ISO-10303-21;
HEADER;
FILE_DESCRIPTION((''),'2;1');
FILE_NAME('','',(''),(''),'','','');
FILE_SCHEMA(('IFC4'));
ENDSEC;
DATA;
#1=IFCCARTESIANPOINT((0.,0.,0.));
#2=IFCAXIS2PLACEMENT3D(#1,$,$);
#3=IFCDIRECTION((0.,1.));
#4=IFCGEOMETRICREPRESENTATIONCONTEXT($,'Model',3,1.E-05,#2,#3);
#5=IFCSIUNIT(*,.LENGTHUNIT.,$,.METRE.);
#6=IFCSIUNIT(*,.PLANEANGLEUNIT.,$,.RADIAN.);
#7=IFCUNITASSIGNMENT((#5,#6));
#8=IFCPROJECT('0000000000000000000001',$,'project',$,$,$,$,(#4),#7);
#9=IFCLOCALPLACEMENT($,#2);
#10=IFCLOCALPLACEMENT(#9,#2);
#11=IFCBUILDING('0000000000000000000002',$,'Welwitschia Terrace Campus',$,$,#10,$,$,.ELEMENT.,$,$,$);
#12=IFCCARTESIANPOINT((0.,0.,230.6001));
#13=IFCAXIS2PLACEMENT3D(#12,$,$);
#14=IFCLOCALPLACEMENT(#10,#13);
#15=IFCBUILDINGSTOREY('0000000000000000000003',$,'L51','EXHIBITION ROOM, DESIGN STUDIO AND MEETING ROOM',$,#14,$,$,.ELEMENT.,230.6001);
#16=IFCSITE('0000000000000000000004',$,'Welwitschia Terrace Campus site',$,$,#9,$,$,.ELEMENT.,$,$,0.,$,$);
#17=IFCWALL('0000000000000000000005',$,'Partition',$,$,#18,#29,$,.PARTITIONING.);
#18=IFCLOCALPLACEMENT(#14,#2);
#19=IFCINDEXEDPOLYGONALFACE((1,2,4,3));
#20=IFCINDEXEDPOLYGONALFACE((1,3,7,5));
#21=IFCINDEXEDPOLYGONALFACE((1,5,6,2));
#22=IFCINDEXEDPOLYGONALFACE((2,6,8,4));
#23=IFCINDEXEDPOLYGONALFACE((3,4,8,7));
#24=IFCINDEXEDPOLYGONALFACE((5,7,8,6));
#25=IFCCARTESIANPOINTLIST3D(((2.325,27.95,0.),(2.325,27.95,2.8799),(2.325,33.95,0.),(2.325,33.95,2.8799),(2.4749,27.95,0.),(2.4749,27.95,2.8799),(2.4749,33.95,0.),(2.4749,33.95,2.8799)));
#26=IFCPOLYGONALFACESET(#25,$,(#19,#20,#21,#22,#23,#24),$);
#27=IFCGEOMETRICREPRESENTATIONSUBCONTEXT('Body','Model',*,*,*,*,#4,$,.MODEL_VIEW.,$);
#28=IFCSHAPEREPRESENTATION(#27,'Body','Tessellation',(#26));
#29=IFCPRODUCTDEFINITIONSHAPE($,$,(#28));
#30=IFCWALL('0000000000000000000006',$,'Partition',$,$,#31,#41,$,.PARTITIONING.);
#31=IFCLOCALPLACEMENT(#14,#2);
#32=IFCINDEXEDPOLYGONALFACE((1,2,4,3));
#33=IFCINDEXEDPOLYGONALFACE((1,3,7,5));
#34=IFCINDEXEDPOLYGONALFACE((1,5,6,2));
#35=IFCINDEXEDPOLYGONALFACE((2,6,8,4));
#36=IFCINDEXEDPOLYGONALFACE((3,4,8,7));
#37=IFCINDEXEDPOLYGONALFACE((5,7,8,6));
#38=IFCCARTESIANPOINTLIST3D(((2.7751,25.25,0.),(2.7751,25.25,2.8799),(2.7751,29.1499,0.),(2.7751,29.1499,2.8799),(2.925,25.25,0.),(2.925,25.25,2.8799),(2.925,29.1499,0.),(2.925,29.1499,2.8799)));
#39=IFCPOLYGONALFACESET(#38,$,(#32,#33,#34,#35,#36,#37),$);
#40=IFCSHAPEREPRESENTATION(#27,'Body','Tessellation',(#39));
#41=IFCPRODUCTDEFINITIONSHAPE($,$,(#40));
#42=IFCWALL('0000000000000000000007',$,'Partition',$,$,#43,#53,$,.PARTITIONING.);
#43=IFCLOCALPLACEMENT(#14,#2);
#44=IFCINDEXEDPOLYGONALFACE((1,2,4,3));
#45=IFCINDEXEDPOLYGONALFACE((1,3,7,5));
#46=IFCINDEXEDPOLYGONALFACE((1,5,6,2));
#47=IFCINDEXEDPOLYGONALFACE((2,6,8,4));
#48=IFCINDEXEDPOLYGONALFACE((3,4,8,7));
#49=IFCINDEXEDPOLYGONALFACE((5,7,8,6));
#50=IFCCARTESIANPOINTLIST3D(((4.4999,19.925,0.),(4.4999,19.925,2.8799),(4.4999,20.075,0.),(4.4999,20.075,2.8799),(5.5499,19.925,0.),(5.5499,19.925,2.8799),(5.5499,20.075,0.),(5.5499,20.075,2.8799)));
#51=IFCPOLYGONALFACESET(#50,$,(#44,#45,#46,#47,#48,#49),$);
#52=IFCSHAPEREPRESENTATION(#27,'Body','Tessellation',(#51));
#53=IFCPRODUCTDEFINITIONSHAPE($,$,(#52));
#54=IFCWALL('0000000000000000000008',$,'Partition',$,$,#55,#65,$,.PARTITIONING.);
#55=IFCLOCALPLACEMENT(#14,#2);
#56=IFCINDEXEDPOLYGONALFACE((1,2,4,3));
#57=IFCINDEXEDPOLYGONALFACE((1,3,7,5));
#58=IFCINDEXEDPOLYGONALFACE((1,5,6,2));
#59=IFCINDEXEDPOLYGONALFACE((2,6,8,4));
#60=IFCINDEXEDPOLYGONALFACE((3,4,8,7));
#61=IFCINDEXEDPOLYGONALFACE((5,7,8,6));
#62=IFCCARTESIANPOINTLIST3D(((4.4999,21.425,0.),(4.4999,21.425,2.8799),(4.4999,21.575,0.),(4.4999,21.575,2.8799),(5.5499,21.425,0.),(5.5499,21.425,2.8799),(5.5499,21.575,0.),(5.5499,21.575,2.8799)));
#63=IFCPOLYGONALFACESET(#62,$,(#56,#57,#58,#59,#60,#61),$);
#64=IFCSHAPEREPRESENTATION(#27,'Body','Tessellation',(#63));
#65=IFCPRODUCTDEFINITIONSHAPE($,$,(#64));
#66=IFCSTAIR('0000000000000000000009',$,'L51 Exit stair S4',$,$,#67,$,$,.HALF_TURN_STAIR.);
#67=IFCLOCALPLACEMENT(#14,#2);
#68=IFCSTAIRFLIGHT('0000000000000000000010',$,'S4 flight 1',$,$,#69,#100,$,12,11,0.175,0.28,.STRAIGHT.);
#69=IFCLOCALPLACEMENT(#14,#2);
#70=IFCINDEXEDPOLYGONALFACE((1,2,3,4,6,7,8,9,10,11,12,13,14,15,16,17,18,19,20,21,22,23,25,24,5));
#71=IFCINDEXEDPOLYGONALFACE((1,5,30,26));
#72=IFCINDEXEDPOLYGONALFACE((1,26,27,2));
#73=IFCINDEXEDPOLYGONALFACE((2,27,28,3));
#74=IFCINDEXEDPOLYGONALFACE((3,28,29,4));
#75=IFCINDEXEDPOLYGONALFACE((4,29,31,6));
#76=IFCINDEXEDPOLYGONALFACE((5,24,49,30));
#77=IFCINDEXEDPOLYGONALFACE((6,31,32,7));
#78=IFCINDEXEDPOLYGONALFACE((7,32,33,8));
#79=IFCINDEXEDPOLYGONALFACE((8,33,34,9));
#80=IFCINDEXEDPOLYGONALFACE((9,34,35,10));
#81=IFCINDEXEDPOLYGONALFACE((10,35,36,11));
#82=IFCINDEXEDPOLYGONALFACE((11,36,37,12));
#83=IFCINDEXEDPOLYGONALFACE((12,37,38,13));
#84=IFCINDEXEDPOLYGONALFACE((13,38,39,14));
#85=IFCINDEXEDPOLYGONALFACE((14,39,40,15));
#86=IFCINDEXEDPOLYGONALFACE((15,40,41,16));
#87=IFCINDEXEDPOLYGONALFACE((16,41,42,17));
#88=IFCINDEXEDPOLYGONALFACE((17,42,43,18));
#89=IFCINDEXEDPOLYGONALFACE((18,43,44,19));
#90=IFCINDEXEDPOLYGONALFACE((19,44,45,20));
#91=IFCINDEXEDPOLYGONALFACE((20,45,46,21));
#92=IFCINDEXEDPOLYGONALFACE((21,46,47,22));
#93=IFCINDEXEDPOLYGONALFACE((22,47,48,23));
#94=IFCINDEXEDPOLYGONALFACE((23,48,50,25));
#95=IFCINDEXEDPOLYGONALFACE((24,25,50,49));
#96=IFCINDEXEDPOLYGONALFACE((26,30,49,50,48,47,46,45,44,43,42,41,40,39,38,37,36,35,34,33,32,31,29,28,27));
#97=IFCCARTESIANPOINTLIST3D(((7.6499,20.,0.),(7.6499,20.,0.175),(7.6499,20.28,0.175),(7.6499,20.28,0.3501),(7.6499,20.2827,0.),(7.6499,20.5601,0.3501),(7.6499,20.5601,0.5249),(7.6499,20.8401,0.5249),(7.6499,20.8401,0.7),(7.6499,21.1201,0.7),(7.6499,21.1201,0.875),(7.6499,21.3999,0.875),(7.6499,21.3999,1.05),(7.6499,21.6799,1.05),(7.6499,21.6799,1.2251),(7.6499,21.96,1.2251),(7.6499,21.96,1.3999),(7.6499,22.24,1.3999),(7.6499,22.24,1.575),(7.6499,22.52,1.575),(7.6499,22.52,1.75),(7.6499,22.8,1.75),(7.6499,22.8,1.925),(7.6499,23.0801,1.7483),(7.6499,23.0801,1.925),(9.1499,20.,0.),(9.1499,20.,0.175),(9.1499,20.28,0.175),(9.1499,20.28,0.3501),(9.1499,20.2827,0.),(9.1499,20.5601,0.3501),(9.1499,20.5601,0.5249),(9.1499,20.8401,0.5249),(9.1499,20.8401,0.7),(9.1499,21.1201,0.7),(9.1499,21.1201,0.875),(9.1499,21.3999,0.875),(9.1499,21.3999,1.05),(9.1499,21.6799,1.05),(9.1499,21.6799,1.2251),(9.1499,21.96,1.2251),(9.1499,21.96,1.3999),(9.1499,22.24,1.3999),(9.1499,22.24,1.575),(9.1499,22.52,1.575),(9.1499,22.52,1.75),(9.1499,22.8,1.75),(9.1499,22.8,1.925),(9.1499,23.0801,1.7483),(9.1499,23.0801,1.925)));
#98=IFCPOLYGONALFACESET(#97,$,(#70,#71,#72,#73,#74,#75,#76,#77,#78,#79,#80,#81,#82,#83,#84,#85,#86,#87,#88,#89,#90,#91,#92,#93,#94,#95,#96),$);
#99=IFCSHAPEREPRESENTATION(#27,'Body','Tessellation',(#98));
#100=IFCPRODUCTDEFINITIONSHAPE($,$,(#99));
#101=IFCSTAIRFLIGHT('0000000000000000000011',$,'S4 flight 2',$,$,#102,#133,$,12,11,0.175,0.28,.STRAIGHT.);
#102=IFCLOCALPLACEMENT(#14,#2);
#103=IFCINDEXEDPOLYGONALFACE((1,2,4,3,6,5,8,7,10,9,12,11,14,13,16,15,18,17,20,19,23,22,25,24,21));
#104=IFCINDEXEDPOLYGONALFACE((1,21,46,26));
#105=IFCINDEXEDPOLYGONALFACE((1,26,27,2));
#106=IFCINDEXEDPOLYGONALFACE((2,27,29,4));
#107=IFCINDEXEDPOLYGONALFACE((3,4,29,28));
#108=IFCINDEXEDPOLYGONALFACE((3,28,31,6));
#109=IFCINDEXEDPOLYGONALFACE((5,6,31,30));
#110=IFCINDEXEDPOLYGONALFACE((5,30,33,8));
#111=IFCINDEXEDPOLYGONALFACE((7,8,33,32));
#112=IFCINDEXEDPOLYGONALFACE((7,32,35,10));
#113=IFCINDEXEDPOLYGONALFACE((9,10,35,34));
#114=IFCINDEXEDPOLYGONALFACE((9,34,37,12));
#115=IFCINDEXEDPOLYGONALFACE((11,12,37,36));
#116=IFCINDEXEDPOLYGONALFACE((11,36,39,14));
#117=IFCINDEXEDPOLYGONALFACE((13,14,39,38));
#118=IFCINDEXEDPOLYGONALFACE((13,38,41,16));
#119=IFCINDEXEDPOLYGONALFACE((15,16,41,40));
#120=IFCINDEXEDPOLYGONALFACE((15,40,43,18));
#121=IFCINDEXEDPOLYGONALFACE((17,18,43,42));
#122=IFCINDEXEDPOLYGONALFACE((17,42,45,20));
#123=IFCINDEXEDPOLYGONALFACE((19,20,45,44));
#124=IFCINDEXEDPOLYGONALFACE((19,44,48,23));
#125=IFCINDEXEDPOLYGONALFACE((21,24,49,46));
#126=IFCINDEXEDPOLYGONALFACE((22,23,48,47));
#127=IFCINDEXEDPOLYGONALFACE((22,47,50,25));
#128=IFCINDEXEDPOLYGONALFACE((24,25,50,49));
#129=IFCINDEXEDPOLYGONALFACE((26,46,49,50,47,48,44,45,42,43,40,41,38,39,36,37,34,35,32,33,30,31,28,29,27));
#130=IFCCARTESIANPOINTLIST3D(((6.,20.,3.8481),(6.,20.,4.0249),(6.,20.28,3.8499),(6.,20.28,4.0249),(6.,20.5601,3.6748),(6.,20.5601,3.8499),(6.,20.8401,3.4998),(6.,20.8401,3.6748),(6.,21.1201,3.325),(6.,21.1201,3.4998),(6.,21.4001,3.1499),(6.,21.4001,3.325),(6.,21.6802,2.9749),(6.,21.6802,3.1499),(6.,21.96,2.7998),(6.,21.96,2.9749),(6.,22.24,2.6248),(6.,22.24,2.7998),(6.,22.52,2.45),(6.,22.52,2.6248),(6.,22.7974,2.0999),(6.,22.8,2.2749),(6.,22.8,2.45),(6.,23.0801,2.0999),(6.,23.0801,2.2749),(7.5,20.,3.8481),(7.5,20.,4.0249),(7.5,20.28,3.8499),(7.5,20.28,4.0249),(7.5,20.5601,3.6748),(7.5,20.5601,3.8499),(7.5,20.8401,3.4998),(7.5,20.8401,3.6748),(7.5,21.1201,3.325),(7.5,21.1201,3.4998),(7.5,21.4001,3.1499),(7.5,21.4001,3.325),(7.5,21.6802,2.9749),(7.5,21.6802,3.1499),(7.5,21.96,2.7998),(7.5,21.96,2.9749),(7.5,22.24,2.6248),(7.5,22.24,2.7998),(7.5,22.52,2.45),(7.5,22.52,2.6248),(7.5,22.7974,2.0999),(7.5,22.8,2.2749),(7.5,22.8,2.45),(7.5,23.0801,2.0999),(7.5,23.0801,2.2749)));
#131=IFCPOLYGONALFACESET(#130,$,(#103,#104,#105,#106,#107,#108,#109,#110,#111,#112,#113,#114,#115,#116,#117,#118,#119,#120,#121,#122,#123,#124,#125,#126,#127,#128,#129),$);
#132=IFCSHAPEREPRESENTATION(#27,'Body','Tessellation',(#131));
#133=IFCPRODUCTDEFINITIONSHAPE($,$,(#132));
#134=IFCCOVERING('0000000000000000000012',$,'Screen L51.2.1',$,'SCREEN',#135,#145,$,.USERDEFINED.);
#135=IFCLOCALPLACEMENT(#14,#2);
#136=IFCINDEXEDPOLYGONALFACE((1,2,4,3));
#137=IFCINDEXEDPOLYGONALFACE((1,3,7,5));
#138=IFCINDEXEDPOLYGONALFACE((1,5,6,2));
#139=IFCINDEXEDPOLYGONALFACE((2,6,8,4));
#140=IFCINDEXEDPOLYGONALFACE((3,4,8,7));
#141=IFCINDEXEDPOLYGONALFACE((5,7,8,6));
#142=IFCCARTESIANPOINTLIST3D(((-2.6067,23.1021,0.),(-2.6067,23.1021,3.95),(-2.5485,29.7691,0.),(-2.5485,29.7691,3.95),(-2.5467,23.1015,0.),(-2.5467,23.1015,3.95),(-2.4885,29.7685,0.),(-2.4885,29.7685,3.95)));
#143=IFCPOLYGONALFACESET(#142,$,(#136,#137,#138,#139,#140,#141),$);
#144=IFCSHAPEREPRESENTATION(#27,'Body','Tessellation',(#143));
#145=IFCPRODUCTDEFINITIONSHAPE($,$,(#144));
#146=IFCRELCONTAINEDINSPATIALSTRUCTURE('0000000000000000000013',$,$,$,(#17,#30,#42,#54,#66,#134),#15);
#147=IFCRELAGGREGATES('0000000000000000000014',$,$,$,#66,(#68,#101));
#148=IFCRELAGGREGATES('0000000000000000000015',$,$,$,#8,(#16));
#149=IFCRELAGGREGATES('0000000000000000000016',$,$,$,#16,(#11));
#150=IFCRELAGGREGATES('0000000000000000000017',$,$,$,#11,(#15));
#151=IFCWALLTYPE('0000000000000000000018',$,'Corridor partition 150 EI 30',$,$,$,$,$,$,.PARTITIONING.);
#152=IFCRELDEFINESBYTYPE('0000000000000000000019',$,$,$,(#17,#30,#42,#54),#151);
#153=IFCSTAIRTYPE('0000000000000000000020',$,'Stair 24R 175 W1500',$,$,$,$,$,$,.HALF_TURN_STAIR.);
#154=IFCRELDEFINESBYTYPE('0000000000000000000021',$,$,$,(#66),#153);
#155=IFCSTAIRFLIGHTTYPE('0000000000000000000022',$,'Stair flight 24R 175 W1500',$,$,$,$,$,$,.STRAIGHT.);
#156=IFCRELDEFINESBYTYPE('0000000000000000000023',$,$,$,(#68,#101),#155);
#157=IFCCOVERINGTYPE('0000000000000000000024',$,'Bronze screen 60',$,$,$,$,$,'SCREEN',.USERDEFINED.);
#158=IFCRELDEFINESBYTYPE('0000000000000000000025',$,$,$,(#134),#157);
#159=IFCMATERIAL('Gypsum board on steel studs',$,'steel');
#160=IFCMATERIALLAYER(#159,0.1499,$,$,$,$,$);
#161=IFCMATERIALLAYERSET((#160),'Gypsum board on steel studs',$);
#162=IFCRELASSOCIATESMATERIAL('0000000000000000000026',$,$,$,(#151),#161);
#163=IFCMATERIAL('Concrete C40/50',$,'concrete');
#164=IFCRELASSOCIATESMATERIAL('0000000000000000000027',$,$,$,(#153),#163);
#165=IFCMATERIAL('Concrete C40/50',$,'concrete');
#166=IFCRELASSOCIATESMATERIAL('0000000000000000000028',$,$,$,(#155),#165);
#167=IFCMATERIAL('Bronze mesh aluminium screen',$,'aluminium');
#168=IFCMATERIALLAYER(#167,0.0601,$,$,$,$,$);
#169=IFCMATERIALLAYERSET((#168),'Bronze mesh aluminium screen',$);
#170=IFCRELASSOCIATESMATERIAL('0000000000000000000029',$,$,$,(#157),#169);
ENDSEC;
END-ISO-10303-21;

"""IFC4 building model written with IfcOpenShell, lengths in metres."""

from ifc_helpers import new_model, si_unit, direction, frame, frame_2d, origin, origin_2d, place, context, subcontext, project, spatial, polyline, rectangle, outline, extrude, material, layer, layer_set, type_object, element, aggregate, save


model = new_model("IFC4")

# Units and contexts
model_context = context("Model", 3, precision=1e-05, world=origin(), true_north=direction((0.0, 1.0)))
body_context = subcontext(model_context, "Body", "Model", "MODEL_VIEW")
ifc_project = project(units=[si_unit("LENGTHUNIT", "METRE"), si_unit("PLANEANGLEUNIT", "RADIAN")], contexts=[model_context])

# Site, building, storey
site_placement = place(None, origin())
site = spatial("IfcSite", under=ifc_project, at=site_placement, Name="Welwitschia Terrace Campus site", CompositionType="ELEMENT", RefElevation=0.0)
building_placement = place(site_placement, origin())
building = spatial("IfcBuilding", under=site, at=building_placement, Name="Welwitschia Terrace Campus", CompositionType="ELEMENT")
storey_placement = place(building_placement, frame((0.0, 0.0, 230.6001)))
storey = spatial("IfcBuildingStorey", under=building, at=storey_placement, Name="L51", Description="EXHIBITION ROOM, DESIGN STUDIO AND MEETING ROOM", CompositionType="ELEMENT", Elevation=230.6001)

# Walls
ifc_material_1 = material(Name="Gypsum board on steel studs", Category="steel")
ifc_layer_1 = layer(ifc_material_1, 0.1499)
ifc_layer_set_1 = layer_set([ifc_layer_1], Name="Gypsum board on steel studs")
wall_type_1 = type_object("IfcWallType", Name="Corridor partition 150 EI 30", PredefinedType="PARTITIONING", material=ifc_layer_set_1)
wall_1_placement = place(storey_placement, frame((2.3999, 27.95, 0.0), z_axis=(0.0, 0.0, 1.0), x_axis=(0.0, 1.0, 0.0)))
element("IfcWall", 1, at=wall_1_placement, inside=storey, type_object=wall_type_1, Name="Partition", PredefinedType="PARTITIONING", context=body_context, shape_type="SweptSolid", body=[
    extrude(rectangle(XDim=6.0, YDim=0.1499, at=frame_2d((3.0, 0.0))), origin(), (0.0, 0.0, 1.0), 2.8799),
])
wall_2_placement = place(storey_placement, frame((2.8501, 25.25, 0.0), z_axis=(0.0, 0.0, 1.0), x_axis=(0.0, 1.0, 0.0)))
element("IfcWall", 2, at=wall_2_placement, inside=storey, type_object=wall_type_1, Name="Partition", PredefinedType="PARTITIONING", context=body_context, shape_type="SweptSolid", body=[
    extrude(rectangle(XDim=3.8999, YDim=0.1499, at=frame_2d((1.95, 0.0))), origin(), (0.0, 0.0, 1.0), 2.8799),
])
for number, where, z_axis, x_axis, name in (
    (3, (4.5, 20.0, 0.0), (0.0, 0.0, 1.0), (1.0, 0.0, 0.0), "Partition"),
    (4, (4.5, 21.5, 0.0), (0.0, 0.0, 1.0), (1.0, 0.0, 0.0), "Partition"),
):
    element("IfcWall", number, at=place(storey_placement, frame(where, z_axis=z_axis, x_axis=x_axis)), inside=storey, type_object=wall_type_1, Name=name, PredefinedType="PARTITIONING", context=body_context, shape_type="SweptSolid", body=[
        extrude(rectangle(XDim=1.05, YDim=0.1499, at=frame_2d((0.5249, 0.0))), origin(), (0.0, 0.0, 1.0), 2.8799),
    ])

# Stair, stair flights
ifc_material_2 = material(Name="Concrete C40/50", Category="concrete")
stair_type = type_object("IfcStairType", Name="Stair 24R 175 W1500", PredefinedType="HALF_TURN_STAIR", material=ifc_material_2)
stair_placement = place(storey_placement, origin())
stair = element("IfcStair", 5, at=stair_placement, inside=storey, type_object=stair_type, Name="L51 Exit stair S4", PredefinedType="HALF_TURN_STAIR")
ifc_material_3 = material(Name="Concrete C40/50", Category="concrete")
stair_flight_type = type_object("IfcStairFlightType", Name="Stair flight 24R 175 W1500", PredefinedType="STRAIGHT", material=ifc_material_3)
stair_flight_1_placement = place(storey_placement, frame((8.3999, 20.0, 0.0), z_axis=(0.0, 0.0, 1.0), x_axis=(0.0, 1.0, 0.0)))
stair_flight_1 = element("IfcStairFlight", 6, at=stair_flight_1_placement, type_object=stair_flight_type, Name="S4 flight 1", NumberOfRisers=12, NumberOfTreads=11, PredefinedType="STRAIGHT", RiserHeight=0.175, TreadLength=0.28, context=body_context, shape_type="SweptSolid", body=[
    extrude(outline(polyline([(0.0, 0.0), (0.0, 0.175), (0.28, 0.175), (0.28, 0.3501), (0.5601, 0.3501), (0.5601, 0.5249), (0.8401, 0.5249), (0.8401, 0.7), (1.1201, 0.7), (1.1201, 0.875), (1.3999, 0.875), (1.3999, 1.05), (1.6799, 1.05), (1.6799, 1.2251), (1.96, 1.2251), (1.96, 1.3999), (2.24, 1.3999), (2.24, 1.575), (2.52, 1.575), (2.52, 1.75), (2.8, 1.75), (2.8, 1.925), (3.0801, 1.925), (3.0801, 2.1001), (3.0801, 1.7483), (0.2827, 0.0), (0.0, 0.0)])), frame((0.0, 0.75, 0.0), z_axis=(0.0, -1.0, 0.0), x_axis=(1.0, 0.0, 0.0)), (0.0, 0.0, 1.0), 1.5),
])
stair_flight_2_placement = place(storey_placement, frame((6.75, 23.0801, 2.0999), z_axis=(0.0, 0.0, 1.0), x_axis=(0.0, -1.0, 0.0)))
stair_flight_2 = element("IfcStairFlight", 7, at=stair_flight_2_placement, type_object=stair_flight_type, Name="S4 flight 2", NumberOfRisers=12, NumberOfTreads=11, PredefinedType="STRAIGHT", RiserHeight=0.175, TreadLength=0.28, context=body_context, shape_type="SweptSolid", body=[
    extrude(outline(polyline([(0.0, 0.0), (0.0, 0.175), (0.28, 0.175), (0.28, 0.3501), (0.5601, 0.3501), (0.5601, 0.5249), (0.8401, 0.5249), (0.8401, 0.7), (1.1201, 0.7), (1.1201, 0.875), (1.3999, 0.875), (1.3999, 1.05), (1.6799, 1.05), (1.6799, 1.2251), (1.96, 1.2251), (1.96, 1.3999), (2.24, 1.3999), (2.24, 1.575), (2.52, 1.575), (2.52, 1.75), (2.8, 1.75), (2.8, 1.925), (3.0801, 1.925), (3.0801, 2.1001), (3.0801, 1.7483), (0.2827, 0.0), (0.0, 0.0)])), frame((0.0, 0.75, 0.0), z_axis=(0.0, -1.0, 0.0), x_axis=(1.0, 0.0, 0.0)), (0.0, 0.0, 1.0), 1.5),
])
aggregate(stair, [stair_flight_1, stair_flight_2])

# Covering
ifc_material_4 = material(Name="Bronze mesh aluminium screen", Category="aluminium")
ifc_layer_2 = layer(ifc_material_4, 0.0601)
ifc_layer_set_2 = layer_set([ifc_layer_2], Name="Bronze mesh aluminium screen")
covering_type = type_object("IfcCoveringType", Name="Bronze screen 60", ElementType="SCREEN", PredefinedType="USERDEFINED", material=ifc_layer_set_2)
covering_placement = place(storey_placement, frame((-2.5476, 26.4353, 0.0), z_axis=(0.0, 0.0, 1.0), x_axis=(-0.008727, -0.999962, 0.0)))
element("IfcCovering", 8, at=covering_placement, inside=storey, type_object=covering_type, Name="Screen L51.2.1", ObjectType="SCREEN", PredefinedType="USERDEFINED", context=body_context, shape_type="SweptSolid", body=[
    extrude(rectangle(XDim=6.6672, YDim=0.0601, at=origin_2d()), origin(), (0.0, 0.0, 1.0), 3.95),
])

save(model, "model.ifc")
